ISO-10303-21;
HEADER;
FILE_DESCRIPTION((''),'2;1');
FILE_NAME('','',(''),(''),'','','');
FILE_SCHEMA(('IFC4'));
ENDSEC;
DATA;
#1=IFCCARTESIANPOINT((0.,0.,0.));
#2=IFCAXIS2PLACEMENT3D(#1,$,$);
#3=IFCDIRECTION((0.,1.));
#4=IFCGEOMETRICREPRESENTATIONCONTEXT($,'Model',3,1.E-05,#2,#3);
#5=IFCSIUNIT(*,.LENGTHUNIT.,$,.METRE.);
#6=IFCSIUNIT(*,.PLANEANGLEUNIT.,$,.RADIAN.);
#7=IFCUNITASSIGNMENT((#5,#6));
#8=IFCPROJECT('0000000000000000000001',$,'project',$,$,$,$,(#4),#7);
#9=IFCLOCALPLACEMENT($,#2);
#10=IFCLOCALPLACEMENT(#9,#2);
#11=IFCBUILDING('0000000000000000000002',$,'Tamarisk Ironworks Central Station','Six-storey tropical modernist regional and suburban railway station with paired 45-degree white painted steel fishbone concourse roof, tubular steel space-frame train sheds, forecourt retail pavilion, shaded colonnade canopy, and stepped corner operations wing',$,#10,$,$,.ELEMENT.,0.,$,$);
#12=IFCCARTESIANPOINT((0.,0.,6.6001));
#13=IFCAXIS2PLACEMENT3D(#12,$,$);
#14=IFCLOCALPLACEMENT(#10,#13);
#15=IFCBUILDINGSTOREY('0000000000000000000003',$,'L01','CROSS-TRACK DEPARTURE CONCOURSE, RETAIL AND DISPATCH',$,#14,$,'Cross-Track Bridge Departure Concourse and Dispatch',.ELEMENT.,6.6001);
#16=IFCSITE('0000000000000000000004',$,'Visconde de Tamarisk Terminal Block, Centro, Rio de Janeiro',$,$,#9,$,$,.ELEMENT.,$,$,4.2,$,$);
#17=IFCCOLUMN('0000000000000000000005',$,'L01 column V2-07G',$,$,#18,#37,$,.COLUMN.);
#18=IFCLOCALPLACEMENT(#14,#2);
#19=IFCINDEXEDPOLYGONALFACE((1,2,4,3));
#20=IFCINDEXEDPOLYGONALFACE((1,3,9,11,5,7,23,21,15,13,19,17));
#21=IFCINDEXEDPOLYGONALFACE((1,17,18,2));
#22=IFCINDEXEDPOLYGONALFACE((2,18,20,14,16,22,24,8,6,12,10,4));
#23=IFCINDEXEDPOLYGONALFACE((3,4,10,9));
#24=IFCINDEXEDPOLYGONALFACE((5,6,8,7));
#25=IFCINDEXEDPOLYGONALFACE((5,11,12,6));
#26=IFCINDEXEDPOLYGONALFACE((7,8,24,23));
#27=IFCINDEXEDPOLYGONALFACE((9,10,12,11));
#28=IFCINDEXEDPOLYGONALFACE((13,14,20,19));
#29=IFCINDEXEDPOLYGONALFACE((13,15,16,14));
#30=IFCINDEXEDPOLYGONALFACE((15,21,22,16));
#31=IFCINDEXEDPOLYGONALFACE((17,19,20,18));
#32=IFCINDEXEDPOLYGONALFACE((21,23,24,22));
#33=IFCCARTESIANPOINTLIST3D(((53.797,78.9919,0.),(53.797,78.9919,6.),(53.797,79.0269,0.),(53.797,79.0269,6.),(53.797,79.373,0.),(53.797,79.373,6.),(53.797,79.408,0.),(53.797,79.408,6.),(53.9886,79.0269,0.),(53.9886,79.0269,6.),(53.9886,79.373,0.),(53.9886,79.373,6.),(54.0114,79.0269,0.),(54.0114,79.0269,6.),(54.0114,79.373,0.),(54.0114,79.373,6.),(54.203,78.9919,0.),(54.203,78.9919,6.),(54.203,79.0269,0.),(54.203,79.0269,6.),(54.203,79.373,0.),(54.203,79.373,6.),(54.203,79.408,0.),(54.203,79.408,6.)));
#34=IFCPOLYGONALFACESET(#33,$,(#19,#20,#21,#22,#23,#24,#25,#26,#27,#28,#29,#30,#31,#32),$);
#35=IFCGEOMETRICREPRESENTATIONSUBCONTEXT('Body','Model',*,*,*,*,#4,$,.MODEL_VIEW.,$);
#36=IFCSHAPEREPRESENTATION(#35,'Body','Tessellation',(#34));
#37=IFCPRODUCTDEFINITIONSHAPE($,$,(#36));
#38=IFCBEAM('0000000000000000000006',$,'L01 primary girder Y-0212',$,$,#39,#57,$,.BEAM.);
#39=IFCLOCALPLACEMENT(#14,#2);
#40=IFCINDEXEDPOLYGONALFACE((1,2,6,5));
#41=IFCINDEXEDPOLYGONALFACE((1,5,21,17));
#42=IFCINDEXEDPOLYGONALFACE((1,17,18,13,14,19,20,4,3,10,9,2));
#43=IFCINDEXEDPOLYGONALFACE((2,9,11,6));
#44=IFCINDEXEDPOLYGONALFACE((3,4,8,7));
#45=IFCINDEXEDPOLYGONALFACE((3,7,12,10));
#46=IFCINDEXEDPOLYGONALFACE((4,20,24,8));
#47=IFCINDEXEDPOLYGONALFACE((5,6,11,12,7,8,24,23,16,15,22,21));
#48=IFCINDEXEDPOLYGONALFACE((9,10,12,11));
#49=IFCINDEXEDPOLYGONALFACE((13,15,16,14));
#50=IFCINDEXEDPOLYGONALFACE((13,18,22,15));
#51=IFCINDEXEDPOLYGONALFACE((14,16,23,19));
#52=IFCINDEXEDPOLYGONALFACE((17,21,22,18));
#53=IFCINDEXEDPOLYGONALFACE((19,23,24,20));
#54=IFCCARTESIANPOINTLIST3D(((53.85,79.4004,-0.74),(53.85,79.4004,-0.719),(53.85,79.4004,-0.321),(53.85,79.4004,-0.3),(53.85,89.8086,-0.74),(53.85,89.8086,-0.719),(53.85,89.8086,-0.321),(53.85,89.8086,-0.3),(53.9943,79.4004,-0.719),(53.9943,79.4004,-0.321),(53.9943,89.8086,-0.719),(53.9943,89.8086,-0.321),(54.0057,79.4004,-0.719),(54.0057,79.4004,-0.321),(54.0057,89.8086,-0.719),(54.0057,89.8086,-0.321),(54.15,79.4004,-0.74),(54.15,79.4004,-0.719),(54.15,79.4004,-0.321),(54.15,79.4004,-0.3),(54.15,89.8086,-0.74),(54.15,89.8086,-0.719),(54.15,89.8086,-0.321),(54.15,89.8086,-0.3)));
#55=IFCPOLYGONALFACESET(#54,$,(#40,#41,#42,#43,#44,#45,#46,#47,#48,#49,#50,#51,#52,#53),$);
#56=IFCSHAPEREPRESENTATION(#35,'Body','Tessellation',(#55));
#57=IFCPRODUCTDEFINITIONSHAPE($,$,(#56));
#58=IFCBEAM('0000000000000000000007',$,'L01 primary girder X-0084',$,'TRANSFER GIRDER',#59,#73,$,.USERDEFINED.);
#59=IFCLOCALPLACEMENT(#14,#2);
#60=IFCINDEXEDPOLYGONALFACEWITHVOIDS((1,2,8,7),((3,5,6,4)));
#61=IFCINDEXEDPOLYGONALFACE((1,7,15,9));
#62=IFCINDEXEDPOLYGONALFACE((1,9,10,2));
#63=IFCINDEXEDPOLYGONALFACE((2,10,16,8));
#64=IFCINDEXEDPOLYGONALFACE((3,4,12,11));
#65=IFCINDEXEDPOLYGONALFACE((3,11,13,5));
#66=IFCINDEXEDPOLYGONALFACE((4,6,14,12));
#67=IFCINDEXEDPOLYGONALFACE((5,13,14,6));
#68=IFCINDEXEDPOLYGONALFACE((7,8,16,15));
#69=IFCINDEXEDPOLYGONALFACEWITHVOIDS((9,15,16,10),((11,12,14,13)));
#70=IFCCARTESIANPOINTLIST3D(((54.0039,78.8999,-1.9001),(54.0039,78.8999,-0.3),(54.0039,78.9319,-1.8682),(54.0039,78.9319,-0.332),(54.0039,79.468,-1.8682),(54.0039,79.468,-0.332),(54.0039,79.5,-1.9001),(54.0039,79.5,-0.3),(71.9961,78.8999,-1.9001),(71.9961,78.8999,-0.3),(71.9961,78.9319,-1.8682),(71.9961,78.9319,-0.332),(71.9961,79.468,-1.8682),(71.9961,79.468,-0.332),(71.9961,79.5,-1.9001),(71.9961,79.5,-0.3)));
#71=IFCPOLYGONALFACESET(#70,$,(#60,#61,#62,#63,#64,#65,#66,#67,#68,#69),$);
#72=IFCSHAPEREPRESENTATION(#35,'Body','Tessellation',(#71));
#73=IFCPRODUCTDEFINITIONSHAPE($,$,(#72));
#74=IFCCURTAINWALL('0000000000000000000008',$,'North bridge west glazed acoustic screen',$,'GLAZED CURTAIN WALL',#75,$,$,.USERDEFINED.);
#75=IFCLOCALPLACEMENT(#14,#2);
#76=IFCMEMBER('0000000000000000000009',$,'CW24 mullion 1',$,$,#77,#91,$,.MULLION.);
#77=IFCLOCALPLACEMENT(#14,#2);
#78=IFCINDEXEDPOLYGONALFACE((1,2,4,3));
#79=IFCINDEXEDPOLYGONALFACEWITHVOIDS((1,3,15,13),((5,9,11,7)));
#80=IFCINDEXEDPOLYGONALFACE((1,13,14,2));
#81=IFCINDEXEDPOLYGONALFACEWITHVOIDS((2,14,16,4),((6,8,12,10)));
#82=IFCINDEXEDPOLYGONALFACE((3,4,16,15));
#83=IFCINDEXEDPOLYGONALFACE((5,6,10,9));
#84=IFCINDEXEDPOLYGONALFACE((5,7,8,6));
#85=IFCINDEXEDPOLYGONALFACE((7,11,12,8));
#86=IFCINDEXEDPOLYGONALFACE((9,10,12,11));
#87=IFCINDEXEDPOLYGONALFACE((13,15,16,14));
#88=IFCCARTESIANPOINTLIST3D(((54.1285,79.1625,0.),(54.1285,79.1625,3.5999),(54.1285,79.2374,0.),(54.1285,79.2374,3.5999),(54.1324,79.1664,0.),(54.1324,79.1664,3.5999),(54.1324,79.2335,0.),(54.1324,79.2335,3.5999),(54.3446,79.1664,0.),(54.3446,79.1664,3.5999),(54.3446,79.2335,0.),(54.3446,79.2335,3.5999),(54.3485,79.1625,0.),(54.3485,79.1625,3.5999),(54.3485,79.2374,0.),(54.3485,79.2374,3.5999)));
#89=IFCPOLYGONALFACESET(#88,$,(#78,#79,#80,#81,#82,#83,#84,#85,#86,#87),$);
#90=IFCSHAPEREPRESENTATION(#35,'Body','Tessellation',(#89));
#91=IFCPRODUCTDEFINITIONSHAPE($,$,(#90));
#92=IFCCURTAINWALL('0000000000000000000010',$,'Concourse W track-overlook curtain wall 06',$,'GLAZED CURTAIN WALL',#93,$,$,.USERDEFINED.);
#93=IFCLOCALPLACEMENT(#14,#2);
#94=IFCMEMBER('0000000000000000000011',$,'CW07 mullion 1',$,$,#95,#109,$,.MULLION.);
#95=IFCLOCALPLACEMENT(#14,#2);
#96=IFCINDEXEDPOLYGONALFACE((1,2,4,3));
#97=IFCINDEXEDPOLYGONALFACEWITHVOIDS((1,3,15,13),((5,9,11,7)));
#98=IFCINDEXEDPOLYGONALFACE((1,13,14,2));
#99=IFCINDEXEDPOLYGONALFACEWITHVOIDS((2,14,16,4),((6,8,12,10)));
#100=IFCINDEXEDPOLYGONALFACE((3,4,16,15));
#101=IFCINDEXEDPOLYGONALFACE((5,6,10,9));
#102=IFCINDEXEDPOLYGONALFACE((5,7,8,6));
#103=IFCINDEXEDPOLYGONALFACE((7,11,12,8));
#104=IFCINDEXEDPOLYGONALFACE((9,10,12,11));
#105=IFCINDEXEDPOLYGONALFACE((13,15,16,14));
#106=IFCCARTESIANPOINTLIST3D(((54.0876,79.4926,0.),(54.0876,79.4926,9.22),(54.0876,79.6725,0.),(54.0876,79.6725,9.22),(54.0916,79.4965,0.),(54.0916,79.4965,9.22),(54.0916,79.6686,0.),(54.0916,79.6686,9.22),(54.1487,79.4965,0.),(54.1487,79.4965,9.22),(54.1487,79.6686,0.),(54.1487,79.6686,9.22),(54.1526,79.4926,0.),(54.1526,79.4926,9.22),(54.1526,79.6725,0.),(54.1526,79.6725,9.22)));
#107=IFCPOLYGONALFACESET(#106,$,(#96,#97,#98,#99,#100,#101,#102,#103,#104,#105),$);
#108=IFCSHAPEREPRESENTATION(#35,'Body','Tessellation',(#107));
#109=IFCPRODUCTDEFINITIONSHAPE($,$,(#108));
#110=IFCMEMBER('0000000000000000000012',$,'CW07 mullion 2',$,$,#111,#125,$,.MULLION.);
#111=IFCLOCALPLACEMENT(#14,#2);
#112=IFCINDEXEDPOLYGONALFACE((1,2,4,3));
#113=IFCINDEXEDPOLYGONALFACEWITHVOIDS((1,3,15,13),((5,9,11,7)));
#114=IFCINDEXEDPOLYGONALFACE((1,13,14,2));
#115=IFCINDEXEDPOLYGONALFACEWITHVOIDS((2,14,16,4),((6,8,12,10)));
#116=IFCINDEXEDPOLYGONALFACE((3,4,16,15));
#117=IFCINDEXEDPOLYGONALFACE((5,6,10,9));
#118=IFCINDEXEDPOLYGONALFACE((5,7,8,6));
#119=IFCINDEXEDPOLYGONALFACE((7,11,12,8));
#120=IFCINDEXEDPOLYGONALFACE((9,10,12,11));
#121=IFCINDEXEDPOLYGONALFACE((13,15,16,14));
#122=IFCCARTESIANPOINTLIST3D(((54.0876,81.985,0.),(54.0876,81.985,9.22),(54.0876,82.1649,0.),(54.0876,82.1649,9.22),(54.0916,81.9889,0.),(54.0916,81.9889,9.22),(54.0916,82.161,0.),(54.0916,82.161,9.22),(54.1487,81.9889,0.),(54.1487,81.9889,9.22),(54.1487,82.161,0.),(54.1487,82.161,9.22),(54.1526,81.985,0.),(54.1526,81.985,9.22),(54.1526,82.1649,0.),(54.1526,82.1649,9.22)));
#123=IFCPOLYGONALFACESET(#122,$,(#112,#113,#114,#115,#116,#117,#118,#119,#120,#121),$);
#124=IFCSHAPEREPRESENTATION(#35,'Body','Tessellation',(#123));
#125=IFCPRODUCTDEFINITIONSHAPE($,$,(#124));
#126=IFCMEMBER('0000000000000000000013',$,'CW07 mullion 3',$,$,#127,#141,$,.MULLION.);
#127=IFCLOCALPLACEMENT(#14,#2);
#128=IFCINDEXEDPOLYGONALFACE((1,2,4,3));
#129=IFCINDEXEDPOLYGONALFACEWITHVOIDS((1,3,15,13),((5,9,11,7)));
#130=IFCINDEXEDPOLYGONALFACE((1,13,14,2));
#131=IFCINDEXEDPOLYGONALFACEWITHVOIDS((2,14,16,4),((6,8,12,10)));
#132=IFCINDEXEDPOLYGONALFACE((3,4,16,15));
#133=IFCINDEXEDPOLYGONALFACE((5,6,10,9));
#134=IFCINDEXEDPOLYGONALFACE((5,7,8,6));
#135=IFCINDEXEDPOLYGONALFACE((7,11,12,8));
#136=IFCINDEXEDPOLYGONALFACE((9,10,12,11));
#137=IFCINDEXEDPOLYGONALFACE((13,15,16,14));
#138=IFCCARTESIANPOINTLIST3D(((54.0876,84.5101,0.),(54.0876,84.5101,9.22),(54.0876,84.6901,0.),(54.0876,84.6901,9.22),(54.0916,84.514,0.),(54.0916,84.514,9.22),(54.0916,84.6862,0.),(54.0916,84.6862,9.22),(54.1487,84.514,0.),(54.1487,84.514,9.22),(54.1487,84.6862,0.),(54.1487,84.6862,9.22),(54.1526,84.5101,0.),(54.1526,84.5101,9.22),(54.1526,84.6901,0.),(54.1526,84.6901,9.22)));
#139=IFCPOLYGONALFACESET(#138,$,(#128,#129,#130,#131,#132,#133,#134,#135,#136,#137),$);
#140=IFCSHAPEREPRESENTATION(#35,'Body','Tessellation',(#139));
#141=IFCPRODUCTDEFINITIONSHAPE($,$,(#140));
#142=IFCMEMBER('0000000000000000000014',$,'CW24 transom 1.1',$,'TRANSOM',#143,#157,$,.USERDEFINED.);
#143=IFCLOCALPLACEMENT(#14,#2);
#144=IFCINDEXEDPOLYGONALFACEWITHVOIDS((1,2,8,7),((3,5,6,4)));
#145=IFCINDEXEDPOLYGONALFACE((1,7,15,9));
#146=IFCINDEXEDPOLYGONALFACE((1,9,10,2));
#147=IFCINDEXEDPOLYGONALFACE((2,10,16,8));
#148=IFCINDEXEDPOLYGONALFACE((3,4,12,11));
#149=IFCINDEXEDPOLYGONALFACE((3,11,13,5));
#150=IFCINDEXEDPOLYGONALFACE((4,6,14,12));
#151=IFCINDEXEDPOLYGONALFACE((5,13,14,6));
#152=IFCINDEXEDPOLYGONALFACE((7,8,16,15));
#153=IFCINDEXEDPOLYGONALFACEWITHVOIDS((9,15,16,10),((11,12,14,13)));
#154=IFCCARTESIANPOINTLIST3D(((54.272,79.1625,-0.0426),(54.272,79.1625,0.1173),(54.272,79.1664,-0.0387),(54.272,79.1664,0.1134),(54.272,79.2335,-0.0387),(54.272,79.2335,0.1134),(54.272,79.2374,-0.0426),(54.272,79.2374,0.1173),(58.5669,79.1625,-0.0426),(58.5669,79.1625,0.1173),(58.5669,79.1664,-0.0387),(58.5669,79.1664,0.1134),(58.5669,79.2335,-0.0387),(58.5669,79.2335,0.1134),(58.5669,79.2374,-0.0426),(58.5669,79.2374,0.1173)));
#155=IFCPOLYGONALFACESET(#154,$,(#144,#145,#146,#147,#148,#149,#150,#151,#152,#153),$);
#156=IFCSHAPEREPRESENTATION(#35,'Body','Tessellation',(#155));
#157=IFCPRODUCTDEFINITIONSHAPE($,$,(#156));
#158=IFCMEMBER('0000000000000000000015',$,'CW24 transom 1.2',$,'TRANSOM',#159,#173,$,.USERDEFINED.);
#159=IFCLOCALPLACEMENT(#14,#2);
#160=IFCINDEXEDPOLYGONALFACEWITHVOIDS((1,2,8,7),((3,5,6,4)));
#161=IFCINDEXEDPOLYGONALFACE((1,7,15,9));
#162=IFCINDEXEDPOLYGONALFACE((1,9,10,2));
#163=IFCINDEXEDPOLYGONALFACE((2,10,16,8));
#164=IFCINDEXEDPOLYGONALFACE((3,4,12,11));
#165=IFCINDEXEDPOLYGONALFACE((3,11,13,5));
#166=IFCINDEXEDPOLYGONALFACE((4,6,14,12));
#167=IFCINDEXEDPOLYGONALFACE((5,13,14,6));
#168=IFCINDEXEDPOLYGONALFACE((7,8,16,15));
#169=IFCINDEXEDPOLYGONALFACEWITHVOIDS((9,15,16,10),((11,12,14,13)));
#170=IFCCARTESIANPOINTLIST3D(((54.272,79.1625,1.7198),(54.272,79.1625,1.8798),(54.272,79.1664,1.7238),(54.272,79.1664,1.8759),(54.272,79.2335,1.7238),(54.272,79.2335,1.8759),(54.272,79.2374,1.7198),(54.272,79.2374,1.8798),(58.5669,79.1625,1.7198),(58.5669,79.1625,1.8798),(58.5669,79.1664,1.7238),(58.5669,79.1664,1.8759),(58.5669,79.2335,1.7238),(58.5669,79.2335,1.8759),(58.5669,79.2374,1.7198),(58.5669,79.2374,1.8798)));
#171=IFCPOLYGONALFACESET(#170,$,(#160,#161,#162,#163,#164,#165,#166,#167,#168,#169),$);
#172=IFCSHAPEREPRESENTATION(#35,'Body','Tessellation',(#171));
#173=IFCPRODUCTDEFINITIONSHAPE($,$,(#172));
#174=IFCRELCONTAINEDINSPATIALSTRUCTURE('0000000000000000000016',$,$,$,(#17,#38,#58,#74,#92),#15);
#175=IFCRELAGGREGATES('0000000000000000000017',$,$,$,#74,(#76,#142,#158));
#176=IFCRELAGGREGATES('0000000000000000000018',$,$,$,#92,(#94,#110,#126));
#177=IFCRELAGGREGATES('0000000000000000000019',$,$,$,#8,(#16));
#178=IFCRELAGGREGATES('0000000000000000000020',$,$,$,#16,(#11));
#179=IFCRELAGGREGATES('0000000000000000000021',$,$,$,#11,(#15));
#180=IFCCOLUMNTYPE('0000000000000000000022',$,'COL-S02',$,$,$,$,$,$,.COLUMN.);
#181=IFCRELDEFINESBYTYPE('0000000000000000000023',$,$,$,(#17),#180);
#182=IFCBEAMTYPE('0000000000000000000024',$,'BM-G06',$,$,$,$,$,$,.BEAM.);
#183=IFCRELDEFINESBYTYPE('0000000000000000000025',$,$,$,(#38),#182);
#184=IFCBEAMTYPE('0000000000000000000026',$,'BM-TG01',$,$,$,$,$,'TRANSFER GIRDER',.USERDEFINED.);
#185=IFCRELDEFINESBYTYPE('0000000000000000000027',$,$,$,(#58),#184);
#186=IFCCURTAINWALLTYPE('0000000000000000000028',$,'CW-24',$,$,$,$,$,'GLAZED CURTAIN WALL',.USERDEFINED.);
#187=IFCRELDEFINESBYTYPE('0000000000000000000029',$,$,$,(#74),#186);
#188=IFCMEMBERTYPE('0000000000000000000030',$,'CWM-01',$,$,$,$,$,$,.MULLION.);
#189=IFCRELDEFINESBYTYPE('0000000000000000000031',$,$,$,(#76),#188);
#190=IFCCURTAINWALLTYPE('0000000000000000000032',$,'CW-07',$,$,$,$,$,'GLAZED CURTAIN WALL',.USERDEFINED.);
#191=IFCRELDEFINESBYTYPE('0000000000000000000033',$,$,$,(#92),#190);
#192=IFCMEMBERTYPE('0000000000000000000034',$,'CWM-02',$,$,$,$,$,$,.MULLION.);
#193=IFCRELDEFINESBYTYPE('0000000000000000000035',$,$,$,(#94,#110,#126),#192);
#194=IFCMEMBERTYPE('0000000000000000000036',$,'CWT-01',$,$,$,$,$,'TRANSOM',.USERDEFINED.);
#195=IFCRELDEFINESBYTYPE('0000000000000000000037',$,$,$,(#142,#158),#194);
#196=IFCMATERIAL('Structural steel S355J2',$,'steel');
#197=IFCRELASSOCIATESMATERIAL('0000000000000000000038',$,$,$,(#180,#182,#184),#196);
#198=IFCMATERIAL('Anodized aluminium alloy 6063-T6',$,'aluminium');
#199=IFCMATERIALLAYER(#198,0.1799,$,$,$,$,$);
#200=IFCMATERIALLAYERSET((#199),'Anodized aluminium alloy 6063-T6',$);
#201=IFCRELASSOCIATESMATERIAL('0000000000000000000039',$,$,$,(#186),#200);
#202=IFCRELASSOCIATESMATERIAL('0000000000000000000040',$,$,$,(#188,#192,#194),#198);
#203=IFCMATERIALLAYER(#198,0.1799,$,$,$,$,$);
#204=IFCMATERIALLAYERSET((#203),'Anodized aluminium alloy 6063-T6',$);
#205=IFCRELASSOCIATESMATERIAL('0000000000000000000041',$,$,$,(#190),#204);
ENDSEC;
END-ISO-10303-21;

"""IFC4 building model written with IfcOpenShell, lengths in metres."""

from ifc_helpers import new_model, si_unit, direction, frame, origin, origin_2d, place, context, subcontext, project, spatial, hollow_rectangle, i_section, extrude, material, layer, layer_set, material_profile, profile_set, type_object, element, aggregate, save


model = new_model("IFC4")

# Units and contexts
model_context = context("Model", 3, precision=1e-05, world=origin(), true_north=direction((0.0, 1.0)))
body_context = subcontext(model_context, "Body", "Model", "MODEL_VIEW")
ifc_project = project(units=[si_unit("LENGTHUNIT", "METRE"), si_unit("PLANEANGLEUNIT", "RADIAN")], contexts=[model_context])

# Site, building, storey
site_placement = place(None, origin())
site = spatial("IfcSite", under=ifc_project, at=site_placement, Name="Visconde de Tamarisk Terminal Block, Centro, Rio de Janeiro", CompositionType="ELEMENT", RefElevation=4.2)
building_placement = place(site_placement, origin())
building = spatial("IfcBuilding", under=site, at=building_placement, Name="Tamarisk Ironworks Central Station", Description="Six-storey tropical modernist regional and suburban railway station with paired 45-degree white painted steel fishbone concourse roof, tubular steel space-frame train sheds, forecourt retail pavilion, shaded colonnade canopy, and stepped corner operations wing", CompositionType="ELEMENT", ElevationOfRefHeight=0.0)
storey_placement = place(building_placement, frame((0.0, 0.0, 6.6001)))
storey = spatial("IfcBuildingStorey", under=building, at=storey_placement, Name="L01", Description="CROSS-TRACK DEPARTURE CONCOURSE, RETAIL AND DISPATCH", LongName="Cross-Track Bridge Departure Concourse and Dispatch", CompositionType="ELEMENT", Elevation=6.6001)

# Column
ifc_material_1 = material(Name="Structural steel S355J2", Category="steel")
ifc_material_profile_1 = material_profile(ifc_material_1, i_section(OverallWidth=0.406, OverallDepth=0.416, WebThickness=0.0227, FlangeThickness=0.0349, at=origin_2d()), Name="HD 400x382")
ifc_profile_set_1 = profile_set([ifc_material_profile_1], Name="Structural steel S355J2")
column_type = type_object("IfcColumnType", Name="COL-S02", PredefinedType="COLUMN", material=ifc_profile_set_1)
column_placement = place(storey_placement, frame((54.0, 79.2, 0.0), z_axis=(0.0, 0.0, 1.0), x_axis=(1.0, 0.0, 0.0)))
element("IfcColumn", 1, at=column_placement, inside=storey, type_object=column_type, Name="L01 column V2-07G", PredefinedType="COLUMN", context=body_context, shape_type="SweptSolid", body=[
    extrude(i_section(OverallWidth=0.406, OverallDepth=0.416, WebThickness=0.0227, FlangeThickness=0.0349, at=origin_2d()), origin(), (0.0, 0.0, 1.0), 6.0),
])

# Beams
ifc_material_profile_2 = material_profile(ifc_material_1, i_section(OverallWidth=0.3, OverallDepth=0.4399, WebThickness=0.0115, FlangeThickness=0.021, at=origin_2d()), Name="HEA 450")
ifc_profile_set_2 = profile_set([ifc_material_profile_2], Name="Structural steel S355J2")
beam_type_1 = type_object("IfcBeamType", Name="BM-G06", PredefinedType="BEAM", material=ifc_profile_set_2)
beam_1_placement = place(storey_placement, frame((54.0, 79.4004, -0.52), z_axis=(0.0, 1.0, 0.0), x_axis=(-1.0, 0.0, 0.0)))
element("IfcBeam", 2, at=beam_1_placement, inside=storey, type_object=beam_type_1, Name="L01 primary girder Y-0212", PredefinedType="BEAM", context=body_context, shape_type="SweptSolid", body=[
    extrude(i_section(OverallWidth=0.3, OverallDepth=0.4399, WebThickness=0.0115, FlangeThickness=0.021, at=origin_2d()), origin(), (0.0, 0.0, 1.0), 10.4082),
])
ifc_material_profile_3 = material_profile(ifc_material_1, hollow_rectangle(XDim=0.6001, YDim=1.6001, WallThickness=0.032, at=origin_2d()), Name="BOX 600x1600x32")
ifc_profile_set_3 = profile_set([ifc_material_profile_3], Name="Structural steel S355J2")
beam_type_2 = type_object("IfcBeamType", Name="BM-TG01", ElementType="TRANSFER GIRDER", PredefinedType="USERDEFINED", material=ifc_profile_set_3)
beam_2_placement = place(storey_placement, frame((54.0039, 79.2, -1.1001), z_axis=(1.0, 0.0, 0.0), x_axis=(0.0, 1.0, 0.0)))
element("IfcBeam", 3, at=beam_2_placement, inside=storey, type_object=beam_type_2, Name="L01 primary girder X-0084", ObjectType="TRANSFER GIRDER", PredefinedType="USERDEFINED", context=body_context, shape_type="SweptSolid", body=[
    extrude(hollow_rectangle(XDim=0.6001, YDim=1.6001, WallThickness=0.032, at=origin_2d()), origin(), (0.0, 0.0, 1.0), 17.9922),
])

# Curtain wall, member
ifc_material_2 = material(Name="Anodized aluminium alloy 6063-T6", Category="aluminium")
ifc_layer_1 = layer(ifc_material_2, 0.1799)
ifc_layer_set_1 = layer_set([ifc_layer_1], Name="Anodized aluminium alloy 6063-T6")
curtain_wall_type_1 = type_object("IfcCurtainWallType", Name="CW-24", ElementType="GLAZED CURTAIN WALL", PredefinedType="USERDEFINED", material=ifc_layer_set_1)
curtain_wall_1_placement = place(storey_placement, origin())
curtain_wall_1 = element("IfcCurtainWall", 4, at=curtain_wall_1_placement, inside=storey, type_object=curtain_wall_type_1, Name="North bridge west glazed acoustic screen", ObjectType="GLAZED CURTAIN WALL", PredefinedType="USERDEFINED")
ifc_material_profile_4 = material_profile(ifc_material_2, hollow_rectangle(XDim=0.075, YDim=0.22, WallThickness=0.0039, at=origin_2d()), Name="ALUM 220x75")
ifc_profile_set_4 = profile_set([ifc_material_profile_4], Name="Anodized aluminium alloy 6063-T6")
member_type_1 = type_object("IfcMemberType", Name="CWM-01", PredefinedType="MULLION", material=ifc_profile_set_4)
member_1_placement = place(storey_placement, frame((54.2385, 79.2, 0.0), z_axis=(0.0, 0.0, 1.0), x_axis=(0.0, 1.0, 0.0)))
member_1 = element("IfcMember", 5, at=member_1_placement, type_object=member_type_1, Name="CW24 mullion 1", PredefinedType="MULLION", context=body_context, shape_type="SweptSolid", body=[
    extrude(hollow_rectangle(XDim=0.075, YDim=0.22, WallThickness=0.0039, at=origin_2d()), origin(), (0.0, 0.0, 1.0), 3.5999),
])

# Curtain wall, members
ifc_layer_2 = layer(ifc_material_2, 0.1799)
ifc_layer_set_2 = layer_set([ifc_layer_2], Name="Anodized aluminium alloy 6063-T6")
curtain_wall_type_2 = type_object("IfcCurtainWallType", Name="CW-07", ElementType="GLAZED CURTAIN WALL", PredefinedType="USERDEFINED", material=ifc_layer_set_2)
curtain_wall_2_placement = place(storey_placement, origin())
curtain_wall_2 = element("IfcCurtainWall", 6, at=curtain_wall_2_placement, inside=storey, type_object=curtain_wall_type_2, Name="Concourse W track-overlook curtain wall 06", ObjectType="GLAZED CURTAIN WALL", PredefinedType="USERDEFINED")
ifc_material_profile_5 = material_profile(ifc_material_2, hollow_rectangle(XDim=0.0649, YDim=0.1799, WallThickness=0.0039, at=origin_2d()), Name="ALUM 180x65")
ifc_profile_set_5 = profile_set([ifc_material_profile_5], Name="Anodized aluminium alloy 6063-T6")
member_type_2 = type_object("IfcMemberType", Name="CWM-02", PredefinedType="MULLION", material=ifc_profile_set_5)
member_2_placement = place(storey_placement, frame((54.1201, 79.5825, 0.0), z_axis=(0.0, 0.0, 1.0), x_axis=(-1.0, 0.0, 0.0)))
member_2 = element("IfcMember", 7, at=member_2_placement, type_object=member_type_2, Name="CW07 mullion 1", PredefinedType="MULLION", context=body_context, shape_type="SweptSolid", body=[
    extrude(hollow_rectangle(XDim=0.0649, YDim=0.1799, WallThickness=0.0039, at=origin_2d()), origin(), (0.0, 0.0, 1.0), 9.22),
])
member_3_placement = place(storey_placement, frame((54.1201, 82.075, 0.0), z_axis=(0.0, 0.0, 1.0), x_axis=(-1.0, 0.0, 0.0)))
member_3 = element("IfcMember", 8, at=member_3_placement, type_object=member_type_2, Name="CW07 mullion 2", PredefinedType="MULLION", context=body_context, shape_type="SweptSolid", body=[
    extrude(hollow_rectangle(XDim=0.0649, YDim=0.1799, WallThickness=0.0039, at=origin_2d()), origin(), (0.0, 0.0, 1.0), 9.22),
])
member_4_placement = place(storey_placement, frame((54.1201, 84.6001, 0.0), z_axis=(0.0, 0.0, 1.0), x_axis=(-1.0, 0.0, 0.0)))
member_4 = element("IfcMember", 9, at=member_4_placement, type_object=member_type_2, Name="CW07 mullion 3", PredefinedType="MULLION", context=body_context, shape_type="SweptSolid", body=[
    extrude(hollow_rectangle(XDim=0.0649, YDim=0.1799, WallThickness=0.0039, at=origin_2d()), origin(), (0.0, 0.0, 1.0), 9.22),
])

# Members
ifc_material_profile_6 = material_profile(ifc_material_2, hollow_rectangle(XDim=0.075, YDim=0.1599, WallThickness=0.0039, at=origin_2d()), Name="ALUM 160x75")
ifc_profile_set_6 = profile_set([ifc_material_profile_6], Name="Anodized aluminium alloy 6063-T6")
member_type_3 = type_object("IfcMemberType", Name="CWT-01", ElementType="TRANSOM", PredefinedType="USERDEFINED", material=ifc_profile_set_6)
member_5_placement = place(storey_placement, frame((54.272, 79.2, 0.0374), z_axis=(1.0, 0.0, 0.0), x_axis=(0.0, 1.0, 0.0)))
member_5 = element("IfcMember", 10, at=member_5_placement, type_object=member_type_3, Name="CW24 transom 1.1", ObjectType="TRANSOM", PredefinedType="USERDEFINED", context=body_context, shape_type="SweptSolid", body=[
    extrude(hollow_rectangle(XDim=0.075, YDim=0.1599, WallThickness=0.0039, at=origin_2d()), origin(), (0.0, 0.0, 1.0), 4.2949),
])
member_6_placement = place(storey_placement, frame((54.272, 79.2, 1.7998), z_axis=(1.0, 0.0, 0.0), x_axis=(0.0, 1.0, 0.0)))
member_6 = element("IfcMember", 11, at=member_6_placement, type_object=member_type_3, Name="CW24 transom 1.2", ObjectType="TRANSOM", PredefinedType="USERDEFINED", context=body_context, shape_type="SweptSolid", body=[
    extrude(hollow_rectangle(XDim=0.075, YDim=0.1599, WallThickness=0.0039, at=origin_2d()), origin(), (0.0, 0.0, 1.0), 4.2949),
])
aggregate(curtain_wall_1, [member_1, member_5, member_6])

aggregate(curtain_wall_2, [member_2, member_3, member_4])

save(model, "model.ifc")
